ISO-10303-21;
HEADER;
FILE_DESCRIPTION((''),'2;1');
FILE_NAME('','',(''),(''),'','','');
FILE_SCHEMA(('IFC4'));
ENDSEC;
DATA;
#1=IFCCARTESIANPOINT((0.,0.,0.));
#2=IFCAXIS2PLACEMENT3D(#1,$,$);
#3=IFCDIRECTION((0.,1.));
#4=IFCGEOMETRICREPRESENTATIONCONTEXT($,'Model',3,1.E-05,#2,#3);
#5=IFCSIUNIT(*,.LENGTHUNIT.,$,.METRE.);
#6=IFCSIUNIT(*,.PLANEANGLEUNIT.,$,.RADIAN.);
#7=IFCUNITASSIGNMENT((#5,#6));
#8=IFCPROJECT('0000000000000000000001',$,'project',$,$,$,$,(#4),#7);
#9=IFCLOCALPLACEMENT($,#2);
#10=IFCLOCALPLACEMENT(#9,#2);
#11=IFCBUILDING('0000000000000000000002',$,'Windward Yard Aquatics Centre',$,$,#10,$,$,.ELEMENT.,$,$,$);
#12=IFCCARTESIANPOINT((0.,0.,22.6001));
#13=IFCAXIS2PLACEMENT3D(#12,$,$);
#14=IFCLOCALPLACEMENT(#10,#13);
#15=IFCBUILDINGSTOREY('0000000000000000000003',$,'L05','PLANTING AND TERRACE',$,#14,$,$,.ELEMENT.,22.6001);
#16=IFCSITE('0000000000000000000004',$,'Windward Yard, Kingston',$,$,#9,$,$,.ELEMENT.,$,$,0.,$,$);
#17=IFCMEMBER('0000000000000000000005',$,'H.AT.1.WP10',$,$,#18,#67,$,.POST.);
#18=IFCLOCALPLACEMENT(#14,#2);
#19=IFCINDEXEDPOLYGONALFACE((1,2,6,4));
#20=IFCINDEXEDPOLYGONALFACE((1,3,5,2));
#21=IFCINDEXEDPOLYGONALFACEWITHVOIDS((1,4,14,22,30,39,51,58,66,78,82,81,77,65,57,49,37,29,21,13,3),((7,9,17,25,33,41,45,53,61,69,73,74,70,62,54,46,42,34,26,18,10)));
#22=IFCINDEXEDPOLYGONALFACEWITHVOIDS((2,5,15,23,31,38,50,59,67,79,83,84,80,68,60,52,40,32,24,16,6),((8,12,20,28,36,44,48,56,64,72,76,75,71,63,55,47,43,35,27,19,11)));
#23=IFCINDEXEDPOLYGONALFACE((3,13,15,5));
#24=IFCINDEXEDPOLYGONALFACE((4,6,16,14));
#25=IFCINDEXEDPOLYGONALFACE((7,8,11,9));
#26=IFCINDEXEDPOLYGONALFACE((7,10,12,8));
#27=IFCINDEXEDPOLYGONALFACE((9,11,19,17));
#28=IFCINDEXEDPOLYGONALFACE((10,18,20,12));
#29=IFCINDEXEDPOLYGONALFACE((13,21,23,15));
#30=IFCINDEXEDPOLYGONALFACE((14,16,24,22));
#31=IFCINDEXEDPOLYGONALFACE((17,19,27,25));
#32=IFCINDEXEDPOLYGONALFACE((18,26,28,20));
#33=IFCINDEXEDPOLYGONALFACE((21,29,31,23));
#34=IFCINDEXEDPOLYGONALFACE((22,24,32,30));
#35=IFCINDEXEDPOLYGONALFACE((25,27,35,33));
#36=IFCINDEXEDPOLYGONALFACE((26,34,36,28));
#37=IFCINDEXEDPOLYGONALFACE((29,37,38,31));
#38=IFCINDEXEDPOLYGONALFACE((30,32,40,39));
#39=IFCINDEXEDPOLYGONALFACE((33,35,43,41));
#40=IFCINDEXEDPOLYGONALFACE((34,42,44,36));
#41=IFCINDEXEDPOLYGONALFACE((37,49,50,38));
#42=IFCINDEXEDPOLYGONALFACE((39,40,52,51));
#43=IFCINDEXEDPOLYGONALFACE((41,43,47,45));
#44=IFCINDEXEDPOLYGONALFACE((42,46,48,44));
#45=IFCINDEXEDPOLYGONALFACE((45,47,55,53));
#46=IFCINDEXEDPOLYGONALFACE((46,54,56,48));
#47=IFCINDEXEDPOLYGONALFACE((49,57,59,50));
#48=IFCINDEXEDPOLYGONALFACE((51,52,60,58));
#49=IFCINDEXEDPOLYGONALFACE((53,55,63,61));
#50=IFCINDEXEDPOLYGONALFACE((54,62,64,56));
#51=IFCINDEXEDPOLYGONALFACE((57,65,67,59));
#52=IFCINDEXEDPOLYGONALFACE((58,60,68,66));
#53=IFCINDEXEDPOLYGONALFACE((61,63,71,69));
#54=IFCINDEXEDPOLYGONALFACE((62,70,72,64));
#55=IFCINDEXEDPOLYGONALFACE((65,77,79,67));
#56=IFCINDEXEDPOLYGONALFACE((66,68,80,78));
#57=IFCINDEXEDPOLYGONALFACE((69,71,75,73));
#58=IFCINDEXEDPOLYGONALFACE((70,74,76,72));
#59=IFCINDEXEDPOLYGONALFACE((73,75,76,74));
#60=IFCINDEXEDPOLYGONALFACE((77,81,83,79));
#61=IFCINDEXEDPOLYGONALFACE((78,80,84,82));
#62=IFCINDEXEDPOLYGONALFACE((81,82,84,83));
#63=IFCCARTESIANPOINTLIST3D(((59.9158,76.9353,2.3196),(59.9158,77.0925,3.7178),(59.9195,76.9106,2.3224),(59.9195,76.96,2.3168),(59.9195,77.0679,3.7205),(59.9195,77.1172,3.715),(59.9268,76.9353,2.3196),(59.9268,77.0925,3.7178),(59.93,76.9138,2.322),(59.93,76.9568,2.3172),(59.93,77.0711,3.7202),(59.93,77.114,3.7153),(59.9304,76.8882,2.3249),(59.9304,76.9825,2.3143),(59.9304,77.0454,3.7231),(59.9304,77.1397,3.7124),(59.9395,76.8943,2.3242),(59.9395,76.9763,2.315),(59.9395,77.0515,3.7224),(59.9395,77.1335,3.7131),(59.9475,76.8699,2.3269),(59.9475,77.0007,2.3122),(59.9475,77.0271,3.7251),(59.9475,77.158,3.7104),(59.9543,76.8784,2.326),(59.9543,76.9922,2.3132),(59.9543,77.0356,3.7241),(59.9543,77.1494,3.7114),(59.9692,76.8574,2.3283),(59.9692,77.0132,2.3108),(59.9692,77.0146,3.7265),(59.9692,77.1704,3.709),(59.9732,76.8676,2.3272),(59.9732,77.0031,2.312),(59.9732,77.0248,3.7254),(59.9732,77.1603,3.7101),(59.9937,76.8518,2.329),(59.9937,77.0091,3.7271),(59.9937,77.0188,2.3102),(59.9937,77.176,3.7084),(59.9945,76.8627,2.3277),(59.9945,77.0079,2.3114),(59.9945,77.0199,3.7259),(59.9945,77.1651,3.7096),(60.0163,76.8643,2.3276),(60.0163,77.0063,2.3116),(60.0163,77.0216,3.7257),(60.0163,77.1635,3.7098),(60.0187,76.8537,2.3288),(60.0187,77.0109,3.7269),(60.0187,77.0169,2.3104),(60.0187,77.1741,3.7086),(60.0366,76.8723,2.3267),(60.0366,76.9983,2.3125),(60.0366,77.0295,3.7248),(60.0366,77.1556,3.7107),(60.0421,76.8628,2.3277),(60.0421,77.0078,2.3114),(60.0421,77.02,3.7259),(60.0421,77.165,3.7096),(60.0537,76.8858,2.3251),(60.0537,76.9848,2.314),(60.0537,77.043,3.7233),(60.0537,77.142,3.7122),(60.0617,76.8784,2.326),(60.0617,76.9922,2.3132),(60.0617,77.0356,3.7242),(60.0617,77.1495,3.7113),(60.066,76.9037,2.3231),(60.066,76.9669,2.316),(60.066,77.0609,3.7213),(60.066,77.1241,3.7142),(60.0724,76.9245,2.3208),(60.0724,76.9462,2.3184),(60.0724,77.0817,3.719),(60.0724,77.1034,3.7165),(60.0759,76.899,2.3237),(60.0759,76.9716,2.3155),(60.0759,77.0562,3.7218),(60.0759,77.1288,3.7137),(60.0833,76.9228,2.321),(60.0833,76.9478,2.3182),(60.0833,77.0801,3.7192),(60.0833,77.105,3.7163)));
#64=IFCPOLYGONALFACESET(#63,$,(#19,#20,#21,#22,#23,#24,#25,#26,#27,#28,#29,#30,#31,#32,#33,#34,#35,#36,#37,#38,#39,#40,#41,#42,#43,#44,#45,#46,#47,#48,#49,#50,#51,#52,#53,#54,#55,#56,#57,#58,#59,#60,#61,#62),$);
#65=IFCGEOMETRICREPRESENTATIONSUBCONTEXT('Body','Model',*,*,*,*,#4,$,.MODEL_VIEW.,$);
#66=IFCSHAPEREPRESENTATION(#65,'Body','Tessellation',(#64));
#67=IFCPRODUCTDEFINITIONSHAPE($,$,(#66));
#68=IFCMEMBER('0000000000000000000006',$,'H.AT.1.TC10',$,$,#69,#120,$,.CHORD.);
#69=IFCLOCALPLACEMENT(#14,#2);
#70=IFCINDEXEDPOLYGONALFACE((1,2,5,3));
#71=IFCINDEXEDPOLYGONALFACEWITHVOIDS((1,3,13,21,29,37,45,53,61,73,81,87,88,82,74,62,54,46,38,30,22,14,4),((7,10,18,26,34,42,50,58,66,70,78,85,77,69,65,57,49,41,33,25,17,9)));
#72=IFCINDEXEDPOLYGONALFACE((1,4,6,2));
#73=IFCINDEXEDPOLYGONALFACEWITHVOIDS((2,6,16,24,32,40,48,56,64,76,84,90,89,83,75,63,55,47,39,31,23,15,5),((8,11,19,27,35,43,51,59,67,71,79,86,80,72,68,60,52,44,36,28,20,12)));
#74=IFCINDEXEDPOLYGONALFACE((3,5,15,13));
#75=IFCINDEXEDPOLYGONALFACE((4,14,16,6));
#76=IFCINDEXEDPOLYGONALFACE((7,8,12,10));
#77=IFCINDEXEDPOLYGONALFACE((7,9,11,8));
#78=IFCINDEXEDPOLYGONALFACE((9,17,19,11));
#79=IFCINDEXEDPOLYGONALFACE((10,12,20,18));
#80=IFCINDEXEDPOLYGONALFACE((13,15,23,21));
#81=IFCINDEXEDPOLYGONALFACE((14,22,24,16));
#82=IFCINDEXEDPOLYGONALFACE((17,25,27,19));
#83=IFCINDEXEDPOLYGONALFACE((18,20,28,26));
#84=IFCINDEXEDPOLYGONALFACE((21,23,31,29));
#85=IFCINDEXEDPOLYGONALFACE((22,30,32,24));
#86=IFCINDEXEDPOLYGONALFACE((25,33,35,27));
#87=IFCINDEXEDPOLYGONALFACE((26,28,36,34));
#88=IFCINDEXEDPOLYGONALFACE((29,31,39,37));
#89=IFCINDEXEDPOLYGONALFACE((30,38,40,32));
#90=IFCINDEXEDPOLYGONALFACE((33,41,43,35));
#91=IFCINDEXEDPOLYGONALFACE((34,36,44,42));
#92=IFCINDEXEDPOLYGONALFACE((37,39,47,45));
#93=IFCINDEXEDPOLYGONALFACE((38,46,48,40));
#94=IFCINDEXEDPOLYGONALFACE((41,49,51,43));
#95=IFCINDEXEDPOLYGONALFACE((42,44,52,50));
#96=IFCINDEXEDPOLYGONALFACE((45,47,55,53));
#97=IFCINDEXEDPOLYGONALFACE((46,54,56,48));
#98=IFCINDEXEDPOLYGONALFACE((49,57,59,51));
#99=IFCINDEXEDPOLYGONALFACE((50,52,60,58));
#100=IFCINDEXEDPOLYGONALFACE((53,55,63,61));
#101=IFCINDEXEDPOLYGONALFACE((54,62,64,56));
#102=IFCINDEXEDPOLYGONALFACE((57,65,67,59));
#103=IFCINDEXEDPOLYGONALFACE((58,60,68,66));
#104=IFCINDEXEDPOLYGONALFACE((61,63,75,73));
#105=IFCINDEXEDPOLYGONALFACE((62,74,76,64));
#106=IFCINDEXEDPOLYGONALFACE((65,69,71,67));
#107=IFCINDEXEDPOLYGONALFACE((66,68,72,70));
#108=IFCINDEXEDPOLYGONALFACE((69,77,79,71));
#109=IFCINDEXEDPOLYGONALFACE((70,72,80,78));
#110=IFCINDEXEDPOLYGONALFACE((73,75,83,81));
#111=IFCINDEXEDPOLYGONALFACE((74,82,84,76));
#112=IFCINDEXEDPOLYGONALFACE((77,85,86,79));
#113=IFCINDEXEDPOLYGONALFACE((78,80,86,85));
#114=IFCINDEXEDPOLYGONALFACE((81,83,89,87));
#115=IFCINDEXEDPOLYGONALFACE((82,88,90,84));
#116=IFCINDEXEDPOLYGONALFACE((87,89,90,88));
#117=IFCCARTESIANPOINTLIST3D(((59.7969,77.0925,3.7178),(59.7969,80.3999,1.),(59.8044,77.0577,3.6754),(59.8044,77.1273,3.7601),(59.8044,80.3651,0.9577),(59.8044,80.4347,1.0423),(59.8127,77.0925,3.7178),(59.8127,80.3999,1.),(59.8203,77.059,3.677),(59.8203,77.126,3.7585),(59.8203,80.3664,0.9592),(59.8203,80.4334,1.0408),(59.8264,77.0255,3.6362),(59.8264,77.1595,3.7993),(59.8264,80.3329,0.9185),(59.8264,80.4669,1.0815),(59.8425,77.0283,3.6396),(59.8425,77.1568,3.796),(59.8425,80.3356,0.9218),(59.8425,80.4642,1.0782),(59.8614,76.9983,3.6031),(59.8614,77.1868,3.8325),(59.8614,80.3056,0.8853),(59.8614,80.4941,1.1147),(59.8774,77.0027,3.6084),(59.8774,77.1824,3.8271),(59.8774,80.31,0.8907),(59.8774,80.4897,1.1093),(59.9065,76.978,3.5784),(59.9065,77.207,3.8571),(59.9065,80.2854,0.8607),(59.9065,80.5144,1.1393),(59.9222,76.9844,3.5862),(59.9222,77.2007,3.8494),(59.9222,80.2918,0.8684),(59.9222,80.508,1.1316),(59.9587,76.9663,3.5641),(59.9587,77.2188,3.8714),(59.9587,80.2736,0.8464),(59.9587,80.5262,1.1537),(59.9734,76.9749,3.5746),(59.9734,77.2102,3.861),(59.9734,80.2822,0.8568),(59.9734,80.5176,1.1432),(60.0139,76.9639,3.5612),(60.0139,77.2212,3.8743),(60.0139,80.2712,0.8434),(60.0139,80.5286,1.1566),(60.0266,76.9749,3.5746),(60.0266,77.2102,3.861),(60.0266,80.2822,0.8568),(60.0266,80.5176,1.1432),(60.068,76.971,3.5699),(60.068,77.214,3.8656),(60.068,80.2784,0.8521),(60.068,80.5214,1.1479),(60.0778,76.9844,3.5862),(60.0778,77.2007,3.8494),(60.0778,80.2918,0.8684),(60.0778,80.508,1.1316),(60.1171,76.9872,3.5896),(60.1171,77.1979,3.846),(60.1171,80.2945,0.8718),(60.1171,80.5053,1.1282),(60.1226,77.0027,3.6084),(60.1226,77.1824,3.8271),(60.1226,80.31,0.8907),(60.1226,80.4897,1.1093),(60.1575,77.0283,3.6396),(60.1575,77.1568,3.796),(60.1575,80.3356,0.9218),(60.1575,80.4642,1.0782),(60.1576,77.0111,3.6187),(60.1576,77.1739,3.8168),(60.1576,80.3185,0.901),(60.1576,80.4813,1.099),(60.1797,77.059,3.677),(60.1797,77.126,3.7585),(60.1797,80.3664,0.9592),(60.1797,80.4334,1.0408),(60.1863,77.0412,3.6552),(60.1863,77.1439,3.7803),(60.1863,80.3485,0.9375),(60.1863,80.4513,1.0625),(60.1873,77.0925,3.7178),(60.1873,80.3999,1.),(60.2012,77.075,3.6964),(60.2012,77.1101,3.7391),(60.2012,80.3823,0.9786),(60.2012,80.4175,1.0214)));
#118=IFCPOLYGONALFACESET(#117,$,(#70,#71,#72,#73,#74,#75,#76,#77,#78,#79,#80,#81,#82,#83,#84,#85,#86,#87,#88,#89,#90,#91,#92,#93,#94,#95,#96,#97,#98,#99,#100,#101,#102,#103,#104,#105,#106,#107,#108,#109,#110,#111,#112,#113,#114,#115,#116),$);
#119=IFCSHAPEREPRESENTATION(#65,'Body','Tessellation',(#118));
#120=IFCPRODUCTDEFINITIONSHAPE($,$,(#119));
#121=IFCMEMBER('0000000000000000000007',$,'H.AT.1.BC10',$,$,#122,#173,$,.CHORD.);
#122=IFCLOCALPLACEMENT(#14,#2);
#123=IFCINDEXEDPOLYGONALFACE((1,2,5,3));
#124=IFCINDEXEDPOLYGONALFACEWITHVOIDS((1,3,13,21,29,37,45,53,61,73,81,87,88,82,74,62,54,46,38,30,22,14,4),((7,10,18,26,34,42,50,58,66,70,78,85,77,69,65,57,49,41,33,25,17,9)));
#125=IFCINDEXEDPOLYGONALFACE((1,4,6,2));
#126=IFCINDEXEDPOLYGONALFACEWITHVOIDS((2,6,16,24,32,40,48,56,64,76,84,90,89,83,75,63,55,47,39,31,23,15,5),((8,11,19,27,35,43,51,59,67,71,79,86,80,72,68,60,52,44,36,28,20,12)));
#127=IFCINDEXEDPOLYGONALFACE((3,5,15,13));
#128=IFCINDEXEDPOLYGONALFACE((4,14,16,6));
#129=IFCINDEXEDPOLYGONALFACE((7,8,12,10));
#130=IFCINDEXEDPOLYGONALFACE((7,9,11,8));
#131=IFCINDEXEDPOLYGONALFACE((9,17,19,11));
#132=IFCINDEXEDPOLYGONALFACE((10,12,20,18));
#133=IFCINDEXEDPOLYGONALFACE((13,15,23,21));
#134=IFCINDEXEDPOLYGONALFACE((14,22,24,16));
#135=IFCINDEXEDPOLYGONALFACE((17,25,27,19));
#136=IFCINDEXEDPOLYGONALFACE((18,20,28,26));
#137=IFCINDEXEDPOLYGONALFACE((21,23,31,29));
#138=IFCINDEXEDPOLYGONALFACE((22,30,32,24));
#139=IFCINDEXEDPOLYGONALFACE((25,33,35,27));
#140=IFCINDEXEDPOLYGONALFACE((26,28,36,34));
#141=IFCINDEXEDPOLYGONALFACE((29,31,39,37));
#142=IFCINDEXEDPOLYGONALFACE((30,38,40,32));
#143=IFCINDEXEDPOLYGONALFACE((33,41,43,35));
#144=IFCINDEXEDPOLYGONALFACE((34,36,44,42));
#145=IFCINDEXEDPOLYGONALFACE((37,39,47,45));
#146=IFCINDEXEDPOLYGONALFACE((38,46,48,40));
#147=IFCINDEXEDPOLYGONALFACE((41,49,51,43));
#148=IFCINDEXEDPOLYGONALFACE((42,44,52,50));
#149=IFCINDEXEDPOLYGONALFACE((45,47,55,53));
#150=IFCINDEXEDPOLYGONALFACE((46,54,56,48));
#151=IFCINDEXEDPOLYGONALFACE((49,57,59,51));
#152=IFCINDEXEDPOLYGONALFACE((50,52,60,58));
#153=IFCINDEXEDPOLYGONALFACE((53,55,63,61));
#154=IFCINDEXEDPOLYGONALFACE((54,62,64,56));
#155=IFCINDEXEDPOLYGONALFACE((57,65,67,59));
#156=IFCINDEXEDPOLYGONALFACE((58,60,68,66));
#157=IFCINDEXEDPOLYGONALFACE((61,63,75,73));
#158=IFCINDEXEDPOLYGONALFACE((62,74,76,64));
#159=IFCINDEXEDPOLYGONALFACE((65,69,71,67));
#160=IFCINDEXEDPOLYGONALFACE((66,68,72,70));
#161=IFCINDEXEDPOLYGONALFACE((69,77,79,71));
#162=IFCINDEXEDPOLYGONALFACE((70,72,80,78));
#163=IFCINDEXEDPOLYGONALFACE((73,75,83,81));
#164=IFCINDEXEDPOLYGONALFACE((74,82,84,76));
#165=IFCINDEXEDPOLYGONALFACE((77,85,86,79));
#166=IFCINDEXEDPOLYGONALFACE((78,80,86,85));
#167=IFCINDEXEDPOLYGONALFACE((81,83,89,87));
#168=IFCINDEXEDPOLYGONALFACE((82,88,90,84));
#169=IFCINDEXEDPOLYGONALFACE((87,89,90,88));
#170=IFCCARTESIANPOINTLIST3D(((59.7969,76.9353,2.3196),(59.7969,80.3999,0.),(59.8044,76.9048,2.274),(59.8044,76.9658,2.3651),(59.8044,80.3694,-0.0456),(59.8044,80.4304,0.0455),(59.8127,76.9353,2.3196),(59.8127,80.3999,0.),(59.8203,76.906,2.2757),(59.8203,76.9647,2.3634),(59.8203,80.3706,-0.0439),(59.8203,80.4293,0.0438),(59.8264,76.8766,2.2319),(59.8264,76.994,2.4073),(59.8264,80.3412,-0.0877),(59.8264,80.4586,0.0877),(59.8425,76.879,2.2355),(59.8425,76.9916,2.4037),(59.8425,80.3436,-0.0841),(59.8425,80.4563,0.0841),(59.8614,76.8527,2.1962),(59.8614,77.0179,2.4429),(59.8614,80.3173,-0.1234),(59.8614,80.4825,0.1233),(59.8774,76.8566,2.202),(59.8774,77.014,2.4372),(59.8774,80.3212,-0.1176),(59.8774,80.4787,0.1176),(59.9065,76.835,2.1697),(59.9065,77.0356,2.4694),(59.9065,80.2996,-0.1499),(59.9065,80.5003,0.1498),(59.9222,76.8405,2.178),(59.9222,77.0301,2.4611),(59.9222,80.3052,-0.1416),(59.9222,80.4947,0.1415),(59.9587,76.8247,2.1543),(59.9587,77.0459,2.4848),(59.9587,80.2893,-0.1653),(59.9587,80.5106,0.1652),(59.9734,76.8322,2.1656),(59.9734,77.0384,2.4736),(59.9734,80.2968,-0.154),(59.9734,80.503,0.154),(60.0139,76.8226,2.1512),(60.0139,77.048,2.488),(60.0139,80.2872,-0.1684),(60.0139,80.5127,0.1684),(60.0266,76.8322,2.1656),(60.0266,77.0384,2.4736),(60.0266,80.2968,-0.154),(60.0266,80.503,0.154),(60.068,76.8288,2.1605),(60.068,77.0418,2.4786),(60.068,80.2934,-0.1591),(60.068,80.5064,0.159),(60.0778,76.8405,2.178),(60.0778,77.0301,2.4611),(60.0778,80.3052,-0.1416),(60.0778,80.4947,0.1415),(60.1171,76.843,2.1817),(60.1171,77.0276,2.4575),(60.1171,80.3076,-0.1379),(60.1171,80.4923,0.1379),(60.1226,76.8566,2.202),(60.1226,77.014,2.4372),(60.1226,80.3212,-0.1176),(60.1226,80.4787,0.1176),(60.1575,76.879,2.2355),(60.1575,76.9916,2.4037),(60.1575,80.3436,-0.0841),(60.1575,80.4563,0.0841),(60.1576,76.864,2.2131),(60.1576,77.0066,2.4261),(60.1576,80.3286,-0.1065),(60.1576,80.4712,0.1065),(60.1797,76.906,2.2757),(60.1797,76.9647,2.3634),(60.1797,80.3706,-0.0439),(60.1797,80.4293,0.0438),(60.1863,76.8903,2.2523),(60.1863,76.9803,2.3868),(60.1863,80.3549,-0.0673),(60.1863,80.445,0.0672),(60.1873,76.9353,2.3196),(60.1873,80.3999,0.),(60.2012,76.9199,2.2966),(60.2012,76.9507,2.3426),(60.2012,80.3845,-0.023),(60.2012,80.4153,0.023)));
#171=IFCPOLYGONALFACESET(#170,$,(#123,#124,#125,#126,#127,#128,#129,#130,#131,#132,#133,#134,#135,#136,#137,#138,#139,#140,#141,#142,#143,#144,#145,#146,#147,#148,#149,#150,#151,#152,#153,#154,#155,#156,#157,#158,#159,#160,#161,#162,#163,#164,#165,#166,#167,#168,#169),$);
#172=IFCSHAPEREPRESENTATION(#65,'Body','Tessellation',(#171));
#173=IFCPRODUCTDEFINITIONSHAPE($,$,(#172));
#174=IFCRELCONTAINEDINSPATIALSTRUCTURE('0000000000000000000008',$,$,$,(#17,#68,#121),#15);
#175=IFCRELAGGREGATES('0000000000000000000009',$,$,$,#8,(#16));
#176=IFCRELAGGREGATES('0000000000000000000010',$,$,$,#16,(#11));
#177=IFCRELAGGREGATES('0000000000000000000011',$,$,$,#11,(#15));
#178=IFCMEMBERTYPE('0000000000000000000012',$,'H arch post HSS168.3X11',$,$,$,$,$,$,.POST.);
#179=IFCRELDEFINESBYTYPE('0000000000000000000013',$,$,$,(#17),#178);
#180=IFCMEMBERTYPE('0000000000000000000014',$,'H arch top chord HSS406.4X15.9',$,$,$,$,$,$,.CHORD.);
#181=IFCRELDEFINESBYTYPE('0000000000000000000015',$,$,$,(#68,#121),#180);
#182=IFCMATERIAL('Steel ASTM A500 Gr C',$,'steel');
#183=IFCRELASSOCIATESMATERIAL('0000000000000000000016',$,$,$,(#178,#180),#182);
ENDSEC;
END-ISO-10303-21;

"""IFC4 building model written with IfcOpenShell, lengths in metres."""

from ifc_helpers import new_model, si_unit, direction, frame, origin, origin_2d, place, context, subcontext, project, spatial, hollow_circle, extrude, material, material_profile, profile_set, type_object, element, save


model = new_model("IFC4")

# Units and contexts
model_context = context("Model", 3, precision=1e-05, world=origin(), true_north=direction((0.0, 1.0)))
body_context = subcontext(model_context, "Body", "Model", "MODEL_VIEW")
ifc_project = project(units=[si_unit("LENGTHUNIT", "METRE"), si_unit("PLANEANGLEUNIT", "RADIAN")], contexts=[model_context])

# Site, building, storey
site_placement = place(None, origin())
site = spatial("IfcSite", under=ifc_project, at=site_placement, Name="Windward Yard, Kingston", CompositionType="ELEMENT", RefElevation=0.0)
building_placement = place(site_placement, origin())
building = spatial("IfcBuilding", under=site, at=building_placement, Name="Windward Yard Aquatics Centre", CompositionType="ELEMENT")
storey_placement = place(building_placement, frame((0.0, 0.0, 22.6001)))
storey = spatial("IfcBuildingStorey", under=building, at=storey_placement, Name="L05", Description="PLANTING AND TERRACE", CompositionType="ELEMENT", Elevation=22.6001)

# Members
ifc_material_1 = material(Name="Steel ASTM A500 Gr C", Category="steel")
ifc_material_profile_1 = material_profile(ifc_material_1, hollow_circle(Radius=0.0842, WallThickness=0.011, at=origin_2d()), Name="HSS168.3X11")
ifc_profile_set_1 = profile_set([ifc_material_profile_1], Name="Steel ASTM A500 Gr C")
member_type_1 = type_object("IfcMemberType", Name="H arch post HSS168.3X11", PredefinedType="POST", material=ifc_profile_set_1)
member_1_placement = place(storey_placement, frame((60.0, 76.9353, 2.3196), z_axis=(0.0, 0.111746, 0.993737), x_axis=(-1.0, 0.0, 0.0)))
element("IfcMember", 1, at=member_1_placement, inside=storey, type_object=member_type_1, Name="H.AT.1.WP10", PredefinedType="POST", context=body_context, shape_type="SweptSolid", body=[
    extrude(hollow_circle(Radius=0.0842, WallThickness=0.011, at=origin_2d()), origin(), (0.0, 0.0, 1.0), 1.407),
])
ifc_material_profile_2 = material_profile(ifc_material_1, hollow_circle(Radius=0.2031, WallThickness=0.0159, at=origin_2d()), Name="HSS406.4X15.9")
ifc_profile_set_2 = profile_set([ifc_material_profile_2], Name="Steel ASTM A500 Gr C")
member_type_2 = type_object("IfcMemberType", Name="H arch top chord HSS406.4X15.9", PredefinedType="CHORD", material=ifc_profile_set_2)
member_2_placement = place(storey_placement, frame((60.0, 77.0925, 3.7178), z_axis=(0.0, 0.772611, -0.634879), x_axis=(-1.0, 0.0, 0.0)))
element("IfcMember", 2, at=member_2_placement, inside=storey, type_object=member_type_2, Name="H.AT.1.TC10", PredefinedType="CHORD", context=body_context, shape_type="SweptSolid", body=[
    extrude(hollow_circle(Radius=0.2031, WallThickness=0.0159, at=origin_2d()), origin(), (0.0, 0.0, 1.0), 4.2808),
])
member_3_placement = place(storey_placement, frame((60.0, 76.9353, 2.3196), z_axis=(0.0, 0.830959, -0.556334), x_axis=(-1.0, 0.0, 0.0)))
element("IfcMember", 3, at=member_3_placement, inside=storey, type_object=member_type_2, Name="H.AT.1.BC10", PredefinedType="CHORD", context=body_context, shape_type="SweptSolid", body=[
    extrude(hollow_circle(Radius=0.2031, WallThickness=0.0159, at=origin_2d()), origin(), (0.0, 0.0, 1.0), 4.1694),
])

save(model, "model.ifc")
